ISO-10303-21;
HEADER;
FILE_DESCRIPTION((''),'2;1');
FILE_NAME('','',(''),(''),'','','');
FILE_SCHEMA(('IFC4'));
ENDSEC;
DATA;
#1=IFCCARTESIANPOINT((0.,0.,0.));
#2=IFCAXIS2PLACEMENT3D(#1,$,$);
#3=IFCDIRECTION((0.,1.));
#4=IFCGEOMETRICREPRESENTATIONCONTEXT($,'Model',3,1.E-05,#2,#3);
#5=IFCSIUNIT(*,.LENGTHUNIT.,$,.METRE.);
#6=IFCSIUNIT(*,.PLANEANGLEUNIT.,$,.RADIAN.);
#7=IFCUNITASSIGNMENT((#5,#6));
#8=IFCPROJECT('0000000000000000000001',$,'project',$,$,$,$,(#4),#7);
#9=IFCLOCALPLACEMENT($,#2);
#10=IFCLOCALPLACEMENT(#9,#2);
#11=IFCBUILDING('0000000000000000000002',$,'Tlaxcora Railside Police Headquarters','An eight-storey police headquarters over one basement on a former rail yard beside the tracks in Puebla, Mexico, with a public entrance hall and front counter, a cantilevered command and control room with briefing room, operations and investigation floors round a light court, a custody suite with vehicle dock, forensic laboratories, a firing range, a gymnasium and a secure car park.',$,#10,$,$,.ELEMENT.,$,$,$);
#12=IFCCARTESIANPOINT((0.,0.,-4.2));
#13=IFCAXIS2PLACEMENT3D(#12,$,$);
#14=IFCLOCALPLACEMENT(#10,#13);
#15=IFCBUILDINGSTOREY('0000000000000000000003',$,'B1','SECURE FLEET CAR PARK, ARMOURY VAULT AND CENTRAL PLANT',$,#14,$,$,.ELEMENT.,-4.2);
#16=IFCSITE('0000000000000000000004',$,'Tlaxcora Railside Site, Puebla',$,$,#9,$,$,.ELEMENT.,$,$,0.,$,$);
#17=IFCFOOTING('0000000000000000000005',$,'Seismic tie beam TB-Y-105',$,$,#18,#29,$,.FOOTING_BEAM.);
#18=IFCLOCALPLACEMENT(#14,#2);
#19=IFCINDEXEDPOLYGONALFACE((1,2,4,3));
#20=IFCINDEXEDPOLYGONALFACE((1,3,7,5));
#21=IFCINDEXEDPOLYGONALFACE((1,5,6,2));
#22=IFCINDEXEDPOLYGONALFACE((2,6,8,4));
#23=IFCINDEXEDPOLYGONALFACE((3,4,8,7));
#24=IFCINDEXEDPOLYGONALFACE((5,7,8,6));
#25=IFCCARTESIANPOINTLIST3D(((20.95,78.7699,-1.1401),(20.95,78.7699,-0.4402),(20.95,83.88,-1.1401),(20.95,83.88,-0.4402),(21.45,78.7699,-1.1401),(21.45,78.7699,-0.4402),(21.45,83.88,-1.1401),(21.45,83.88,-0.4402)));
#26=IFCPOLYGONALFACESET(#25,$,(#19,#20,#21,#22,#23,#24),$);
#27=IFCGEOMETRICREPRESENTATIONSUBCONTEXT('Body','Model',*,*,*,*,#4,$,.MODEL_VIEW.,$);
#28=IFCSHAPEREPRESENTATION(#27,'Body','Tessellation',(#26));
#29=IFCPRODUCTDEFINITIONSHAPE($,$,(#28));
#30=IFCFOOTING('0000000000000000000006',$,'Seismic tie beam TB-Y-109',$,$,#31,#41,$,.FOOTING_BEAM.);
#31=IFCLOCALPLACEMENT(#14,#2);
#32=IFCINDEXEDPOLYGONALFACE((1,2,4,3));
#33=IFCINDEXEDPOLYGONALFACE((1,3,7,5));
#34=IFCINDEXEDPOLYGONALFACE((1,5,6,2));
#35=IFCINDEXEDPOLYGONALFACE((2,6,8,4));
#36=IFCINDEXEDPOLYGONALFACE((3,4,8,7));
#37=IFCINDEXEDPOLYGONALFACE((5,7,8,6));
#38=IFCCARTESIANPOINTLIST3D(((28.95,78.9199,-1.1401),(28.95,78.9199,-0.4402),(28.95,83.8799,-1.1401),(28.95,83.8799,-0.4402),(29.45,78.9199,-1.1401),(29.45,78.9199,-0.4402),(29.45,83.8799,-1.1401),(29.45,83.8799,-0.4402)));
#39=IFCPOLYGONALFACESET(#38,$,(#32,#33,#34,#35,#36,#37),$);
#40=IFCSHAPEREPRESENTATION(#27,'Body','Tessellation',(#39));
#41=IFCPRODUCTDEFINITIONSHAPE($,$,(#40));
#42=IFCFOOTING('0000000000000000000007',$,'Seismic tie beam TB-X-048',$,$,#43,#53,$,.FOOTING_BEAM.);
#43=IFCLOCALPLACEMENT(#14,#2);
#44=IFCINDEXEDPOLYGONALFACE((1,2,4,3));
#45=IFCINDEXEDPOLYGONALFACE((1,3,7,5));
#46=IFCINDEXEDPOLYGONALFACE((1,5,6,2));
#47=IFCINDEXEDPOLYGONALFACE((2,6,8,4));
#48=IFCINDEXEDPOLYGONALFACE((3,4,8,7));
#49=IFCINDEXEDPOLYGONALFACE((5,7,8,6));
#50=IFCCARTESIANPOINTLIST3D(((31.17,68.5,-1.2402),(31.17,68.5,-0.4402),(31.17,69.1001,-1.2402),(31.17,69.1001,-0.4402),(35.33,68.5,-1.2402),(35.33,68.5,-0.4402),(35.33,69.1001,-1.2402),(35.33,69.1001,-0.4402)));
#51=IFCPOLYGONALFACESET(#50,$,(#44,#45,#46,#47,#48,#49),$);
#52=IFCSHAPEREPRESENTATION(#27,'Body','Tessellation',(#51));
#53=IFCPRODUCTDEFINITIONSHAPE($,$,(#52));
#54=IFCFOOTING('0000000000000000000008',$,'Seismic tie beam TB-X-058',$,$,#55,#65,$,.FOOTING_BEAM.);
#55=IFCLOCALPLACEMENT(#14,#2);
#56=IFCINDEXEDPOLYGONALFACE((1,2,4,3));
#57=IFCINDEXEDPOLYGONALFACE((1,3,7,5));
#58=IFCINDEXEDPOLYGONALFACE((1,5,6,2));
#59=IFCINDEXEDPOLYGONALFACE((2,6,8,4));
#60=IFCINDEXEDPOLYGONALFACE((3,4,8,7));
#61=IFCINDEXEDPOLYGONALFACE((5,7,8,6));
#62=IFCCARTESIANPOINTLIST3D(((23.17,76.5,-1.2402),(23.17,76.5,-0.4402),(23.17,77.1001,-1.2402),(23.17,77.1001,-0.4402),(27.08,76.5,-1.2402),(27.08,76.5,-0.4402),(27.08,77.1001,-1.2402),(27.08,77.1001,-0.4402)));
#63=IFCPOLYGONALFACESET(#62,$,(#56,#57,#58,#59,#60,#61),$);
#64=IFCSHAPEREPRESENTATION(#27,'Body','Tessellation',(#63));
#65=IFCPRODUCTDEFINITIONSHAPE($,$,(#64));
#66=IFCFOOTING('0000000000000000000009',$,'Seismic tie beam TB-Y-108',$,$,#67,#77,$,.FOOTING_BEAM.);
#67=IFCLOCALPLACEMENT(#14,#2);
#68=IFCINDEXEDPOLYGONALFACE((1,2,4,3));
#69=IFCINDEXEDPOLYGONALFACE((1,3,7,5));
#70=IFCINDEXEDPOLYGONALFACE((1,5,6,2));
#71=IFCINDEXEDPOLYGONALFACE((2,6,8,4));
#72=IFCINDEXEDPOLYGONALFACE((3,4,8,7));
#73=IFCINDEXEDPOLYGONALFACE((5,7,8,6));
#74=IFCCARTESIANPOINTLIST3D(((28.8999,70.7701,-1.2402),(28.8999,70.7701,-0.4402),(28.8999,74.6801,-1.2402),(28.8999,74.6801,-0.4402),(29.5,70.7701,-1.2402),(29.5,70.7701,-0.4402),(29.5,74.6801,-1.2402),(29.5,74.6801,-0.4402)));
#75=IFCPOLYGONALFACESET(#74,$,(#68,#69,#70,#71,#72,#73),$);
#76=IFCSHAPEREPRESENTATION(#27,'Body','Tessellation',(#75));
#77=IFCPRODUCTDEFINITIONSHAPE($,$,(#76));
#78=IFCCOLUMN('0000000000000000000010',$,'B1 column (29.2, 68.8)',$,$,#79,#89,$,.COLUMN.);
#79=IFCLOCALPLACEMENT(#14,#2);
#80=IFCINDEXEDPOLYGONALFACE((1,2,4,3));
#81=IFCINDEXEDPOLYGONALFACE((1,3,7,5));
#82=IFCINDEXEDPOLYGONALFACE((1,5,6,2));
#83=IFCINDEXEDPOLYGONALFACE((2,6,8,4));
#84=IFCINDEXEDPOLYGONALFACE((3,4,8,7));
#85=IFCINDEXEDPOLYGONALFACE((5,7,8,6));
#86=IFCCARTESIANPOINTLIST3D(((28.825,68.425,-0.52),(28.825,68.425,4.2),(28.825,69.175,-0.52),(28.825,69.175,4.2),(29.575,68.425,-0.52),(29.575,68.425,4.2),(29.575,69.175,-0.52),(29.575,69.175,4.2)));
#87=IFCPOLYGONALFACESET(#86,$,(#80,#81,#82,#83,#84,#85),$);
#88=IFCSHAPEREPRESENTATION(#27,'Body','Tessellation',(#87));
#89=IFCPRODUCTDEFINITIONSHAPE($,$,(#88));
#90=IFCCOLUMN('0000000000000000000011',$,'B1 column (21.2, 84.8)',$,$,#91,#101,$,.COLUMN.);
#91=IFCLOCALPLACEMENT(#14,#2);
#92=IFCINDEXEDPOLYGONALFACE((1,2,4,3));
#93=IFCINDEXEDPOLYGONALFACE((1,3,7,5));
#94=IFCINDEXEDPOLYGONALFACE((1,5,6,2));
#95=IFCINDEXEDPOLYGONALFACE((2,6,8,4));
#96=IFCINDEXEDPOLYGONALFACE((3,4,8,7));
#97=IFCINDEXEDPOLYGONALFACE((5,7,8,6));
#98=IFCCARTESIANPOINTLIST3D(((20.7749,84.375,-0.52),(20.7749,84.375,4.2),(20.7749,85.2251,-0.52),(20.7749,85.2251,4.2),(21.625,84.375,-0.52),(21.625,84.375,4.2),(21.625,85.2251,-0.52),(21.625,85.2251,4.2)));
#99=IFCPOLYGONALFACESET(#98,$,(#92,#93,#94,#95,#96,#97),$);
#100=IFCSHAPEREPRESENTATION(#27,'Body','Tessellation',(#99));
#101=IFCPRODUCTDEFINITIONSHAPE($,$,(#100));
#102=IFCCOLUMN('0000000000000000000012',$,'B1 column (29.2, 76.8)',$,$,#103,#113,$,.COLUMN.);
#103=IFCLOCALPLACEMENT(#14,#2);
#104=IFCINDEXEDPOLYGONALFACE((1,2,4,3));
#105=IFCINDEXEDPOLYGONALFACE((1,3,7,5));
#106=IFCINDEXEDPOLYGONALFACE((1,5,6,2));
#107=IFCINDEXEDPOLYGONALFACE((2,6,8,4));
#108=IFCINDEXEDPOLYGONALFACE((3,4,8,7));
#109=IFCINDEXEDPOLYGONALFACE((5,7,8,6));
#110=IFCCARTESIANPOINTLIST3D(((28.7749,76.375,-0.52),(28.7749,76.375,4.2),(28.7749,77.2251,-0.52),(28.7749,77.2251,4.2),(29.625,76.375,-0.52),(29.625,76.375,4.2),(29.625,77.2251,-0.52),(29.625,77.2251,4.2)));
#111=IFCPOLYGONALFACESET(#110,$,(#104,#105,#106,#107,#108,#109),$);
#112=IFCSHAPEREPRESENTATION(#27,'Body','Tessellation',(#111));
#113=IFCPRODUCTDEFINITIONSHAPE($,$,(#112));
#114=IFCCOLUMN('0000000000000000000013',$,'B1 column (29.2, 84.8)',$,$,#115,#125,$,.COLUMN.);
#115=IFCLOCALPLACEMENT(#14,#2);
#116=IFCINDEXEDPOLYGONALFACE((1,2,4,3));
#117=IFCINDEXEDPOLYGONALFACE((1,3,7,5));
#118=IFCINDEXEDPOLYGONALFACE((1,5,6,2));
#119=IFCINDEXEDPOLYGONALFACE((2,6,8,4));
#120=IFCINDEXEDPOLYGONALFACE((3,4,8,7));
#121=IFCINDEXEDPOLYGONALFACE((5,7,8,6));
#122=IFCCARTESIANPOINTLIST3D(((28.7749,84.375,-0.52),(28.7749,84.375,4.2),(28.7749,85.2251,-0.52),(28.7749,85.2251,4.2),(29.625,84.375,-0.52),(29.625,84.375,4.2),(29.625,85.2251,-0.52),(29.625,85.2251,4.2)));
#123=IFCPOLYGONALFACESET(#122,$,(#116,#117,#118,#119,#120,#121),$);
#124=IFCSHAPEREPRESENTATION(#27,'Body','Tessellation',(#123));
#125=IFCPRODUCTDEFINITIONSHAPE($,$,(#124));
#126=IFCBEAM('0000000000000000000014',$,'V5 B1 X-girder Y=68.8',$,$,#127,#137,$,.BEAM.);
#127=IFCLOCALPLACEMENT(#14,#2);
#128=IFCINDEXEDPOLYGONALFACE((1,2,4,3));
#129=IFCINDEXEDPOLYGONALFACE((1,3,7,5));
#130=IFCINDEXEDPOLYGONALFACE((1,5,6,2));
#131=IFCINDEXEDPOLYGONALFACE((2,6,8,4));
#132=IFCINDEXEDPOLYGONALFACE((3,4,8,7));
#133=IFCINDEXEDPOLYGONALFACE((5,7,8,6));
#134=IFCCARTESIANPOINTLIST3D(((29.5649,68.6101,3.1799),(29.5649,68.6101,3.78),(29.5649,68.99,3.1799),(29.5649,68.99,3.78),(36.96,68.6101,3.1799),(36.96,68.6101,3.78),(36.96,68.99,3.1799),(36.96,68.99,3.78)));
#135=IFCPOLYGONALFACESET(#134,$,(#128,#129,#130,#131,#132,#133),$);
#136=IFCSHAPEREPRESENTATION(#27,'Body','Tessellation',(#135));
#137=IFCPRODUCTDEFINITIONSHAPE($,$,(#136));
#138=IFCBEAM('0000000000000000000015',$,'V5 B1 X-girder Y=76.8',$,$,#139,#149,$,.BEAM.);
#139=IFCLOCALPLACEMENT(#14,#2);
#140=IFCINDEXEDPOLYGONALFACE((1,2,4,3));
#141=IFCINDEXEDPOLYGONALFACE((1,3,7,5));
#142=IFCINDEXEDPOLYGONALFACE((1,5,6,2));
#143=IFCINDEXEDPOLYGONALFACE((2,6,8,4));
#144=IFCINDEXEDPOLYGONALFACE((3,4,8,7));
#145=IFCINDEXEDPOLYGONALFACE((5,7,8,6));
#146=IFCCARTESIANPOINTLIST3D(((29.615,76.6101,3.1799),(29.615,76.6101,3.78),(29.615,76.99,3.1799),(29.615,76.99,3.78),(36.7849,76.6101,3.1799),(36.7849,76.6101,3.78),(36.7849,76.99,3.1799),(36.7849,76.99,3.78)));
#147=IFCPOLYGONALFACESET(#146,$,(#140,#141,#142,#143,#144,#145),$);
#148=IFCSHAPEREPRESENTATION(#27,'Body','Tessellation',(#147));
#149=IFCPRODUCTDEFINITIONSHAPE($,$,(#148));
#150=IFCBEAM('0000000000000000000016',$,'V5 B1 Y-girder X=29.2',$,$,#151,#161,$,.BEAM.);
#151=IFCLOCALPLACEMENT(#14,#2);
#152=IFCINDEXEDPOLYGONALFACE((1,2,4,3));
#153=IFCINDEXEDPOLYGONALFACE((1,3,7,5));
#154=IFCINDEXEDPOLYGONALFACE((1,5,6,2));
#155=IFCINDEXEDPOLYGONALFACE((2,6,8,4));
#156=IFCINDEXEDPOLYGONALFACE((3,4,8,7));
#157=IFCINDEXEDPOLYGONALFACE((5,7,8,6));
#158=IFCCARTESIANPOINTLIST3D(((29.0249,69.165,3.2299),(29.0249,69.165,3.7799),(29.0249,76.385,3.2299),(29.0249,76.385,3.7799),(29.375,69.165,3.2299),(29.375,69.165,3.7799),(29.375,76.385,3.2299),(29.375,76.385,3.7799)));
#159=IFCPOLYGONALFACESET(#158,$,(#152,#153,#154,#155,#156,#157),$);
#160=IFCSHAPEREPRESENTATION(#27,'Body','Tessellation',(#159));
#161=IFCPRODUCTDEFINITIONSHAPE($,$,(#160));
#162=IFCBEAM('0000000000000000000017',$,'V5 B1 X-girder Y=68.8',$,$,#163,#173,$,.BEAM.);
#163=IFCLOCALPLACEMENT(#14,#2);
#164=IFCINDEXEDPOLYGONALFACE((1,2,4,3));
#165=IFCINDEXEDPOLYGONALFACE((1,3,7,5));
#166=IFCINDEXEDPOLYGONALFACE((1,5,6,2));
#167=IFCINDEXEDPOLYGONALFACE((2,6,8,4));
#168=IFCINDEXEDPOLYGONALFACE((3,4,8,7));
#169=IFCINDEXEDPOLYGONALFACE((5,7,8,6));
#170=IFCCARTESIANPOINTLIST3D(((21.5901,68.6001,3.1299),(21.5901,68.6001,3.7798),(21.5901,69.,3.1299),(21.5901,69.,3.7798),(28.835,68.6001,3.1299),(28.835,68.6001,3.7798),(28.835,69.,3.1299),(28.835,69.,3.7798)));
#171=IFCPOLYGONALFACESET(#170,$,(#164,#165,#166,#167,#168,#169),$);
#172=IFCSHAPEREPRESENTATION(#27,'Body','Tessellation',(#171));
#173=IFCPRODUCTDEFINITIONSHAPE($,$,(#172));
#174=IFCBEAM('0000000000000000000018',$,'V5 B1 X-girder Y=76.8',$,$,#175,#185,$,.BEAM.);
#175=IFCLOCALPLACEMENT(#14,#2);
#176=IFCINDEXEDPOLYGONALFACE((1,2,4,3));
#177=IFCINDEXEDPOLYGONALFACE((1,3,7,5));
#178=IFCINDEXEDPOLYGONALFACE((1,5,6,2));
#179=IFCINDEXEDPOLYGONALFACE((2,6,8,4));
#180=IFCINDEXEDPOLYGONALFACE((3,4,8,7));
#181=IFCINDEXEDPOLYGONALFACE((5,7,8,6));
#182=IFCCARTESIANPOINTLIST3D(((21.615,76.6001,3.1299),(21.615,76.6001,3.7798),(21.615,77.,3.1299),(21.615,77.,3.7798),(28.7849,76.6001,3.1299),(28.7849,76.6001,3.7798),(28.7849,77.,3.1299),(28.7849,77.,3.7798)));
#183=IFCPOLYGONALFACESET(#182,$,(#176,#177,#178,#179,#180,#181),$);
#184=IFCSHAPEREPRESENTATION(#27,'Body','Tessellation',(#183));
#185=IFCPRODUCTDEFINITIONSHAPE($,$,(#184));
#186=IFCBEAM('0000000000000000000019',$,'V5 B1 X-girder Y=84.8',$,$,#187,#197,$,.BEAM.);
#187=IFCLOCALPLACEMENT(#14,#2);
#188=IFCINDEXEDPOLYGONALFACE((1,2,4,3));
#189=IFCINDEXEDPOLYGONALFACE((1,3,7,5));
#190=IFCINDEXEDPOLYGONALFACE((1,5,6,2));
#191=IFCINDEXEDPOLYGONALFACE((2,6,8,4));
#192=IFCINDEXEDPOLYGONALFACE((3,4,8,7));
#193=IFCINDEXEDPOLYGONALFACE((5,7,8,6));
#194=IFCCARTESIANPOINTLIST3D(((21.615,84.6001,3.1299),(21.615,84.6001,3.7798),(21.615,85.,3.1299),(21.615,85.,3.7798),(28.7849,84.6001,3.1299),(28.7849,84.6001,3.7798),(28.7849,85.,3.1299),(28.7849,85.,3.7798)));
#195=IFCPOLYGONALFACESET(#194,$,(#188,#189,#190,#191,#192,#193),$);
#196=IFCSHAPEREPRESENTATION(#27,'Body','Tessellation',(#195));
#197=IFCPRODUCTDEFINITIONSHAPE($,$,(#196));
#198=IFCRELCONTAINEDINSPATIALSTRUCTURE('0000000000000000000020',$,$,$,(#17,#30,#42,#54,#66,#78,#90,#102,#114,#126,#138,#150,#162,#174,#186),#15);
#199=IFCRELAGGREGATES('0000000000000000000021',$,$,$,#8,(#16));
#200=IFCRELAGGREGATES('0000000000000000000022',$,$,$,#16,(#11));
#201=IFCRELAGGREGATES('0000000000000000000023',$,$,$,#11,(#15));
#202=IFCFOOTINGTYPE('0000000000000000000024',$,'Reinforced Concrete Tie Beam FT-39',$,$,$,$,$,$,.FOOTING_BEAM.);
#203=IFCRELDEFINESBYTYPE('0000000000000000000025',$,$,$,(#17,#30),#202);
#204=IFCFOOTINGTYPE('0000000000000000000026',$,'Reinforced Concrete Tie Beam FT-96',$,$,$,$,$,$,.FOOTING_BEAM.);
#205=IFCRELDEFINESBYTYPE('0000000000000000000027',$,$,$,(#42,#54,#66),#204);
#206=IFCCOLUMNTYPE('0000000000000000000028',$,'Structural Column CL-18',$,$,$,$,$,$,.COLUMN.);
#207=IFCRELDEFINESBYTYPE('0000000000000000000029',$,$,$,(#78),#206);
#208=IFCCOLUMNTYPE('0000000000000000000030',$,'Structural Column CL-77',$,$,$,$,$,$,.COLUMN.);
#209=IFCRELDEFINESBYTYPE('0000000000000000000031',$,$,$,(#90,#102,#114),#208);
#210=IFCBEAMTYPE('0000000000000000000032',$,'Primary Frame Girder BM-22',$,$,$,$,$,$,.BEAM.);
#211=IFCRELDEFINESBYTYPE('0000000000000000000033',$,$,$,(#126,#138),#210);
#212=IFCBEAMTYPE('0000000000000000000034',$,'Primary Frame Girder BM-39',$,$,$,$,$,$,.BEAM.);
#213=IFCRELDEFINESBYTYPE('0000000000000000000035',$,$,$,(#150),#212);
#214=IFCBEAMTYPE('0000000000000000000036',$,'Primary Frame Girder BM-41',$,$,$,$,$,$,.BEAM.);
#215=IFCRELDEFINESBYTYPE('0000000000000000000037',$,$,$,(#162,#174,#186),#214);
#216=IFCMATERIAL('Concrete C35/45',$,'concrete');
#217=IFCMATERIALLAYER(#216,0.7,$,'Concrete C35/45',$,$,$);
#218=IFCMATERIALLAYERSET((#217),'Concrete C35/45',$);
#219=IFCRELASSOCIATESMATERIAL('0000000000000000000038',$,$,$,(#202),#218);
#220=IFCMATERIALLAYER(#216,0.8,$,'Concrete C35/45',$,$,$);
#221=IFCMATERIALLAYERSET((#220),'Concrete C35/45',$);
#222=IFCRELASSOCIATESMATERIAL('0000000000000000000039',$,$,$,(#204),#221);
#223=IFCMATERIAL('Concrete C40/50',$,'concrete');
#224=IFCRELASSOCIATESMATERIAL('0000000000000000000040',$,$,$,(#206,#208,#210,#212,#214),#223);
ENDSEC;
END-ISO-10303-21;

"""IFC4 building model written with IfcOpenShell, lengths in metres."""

from ifc_helpers import new_model, si_unit, direction, frame, origin, origin_2d, place, context, subcontext, project, spatial, rectangle, extrude, material, layer, layer_set, material_profile, profile_set, type_object, element, save


model = new_model("IFC4")

# Units and contexts
model_context = context("Model", 3, precision=1e-05, world=origin(), true_north=direction((0.0, 1.0)))
body_context = subcontext(model_context, "Body", "Model", "MODEL_VIEW")
ifc_project = project(units=[si_unit("LENGTHUNIT", "METRE"), si_unit("PLANEANGLEUNIT", "RADIAN")], contexts=[model_context])

# Site, building, storey
site_placement = place(None, origin())
site = spatial("IfcSite", under=ifc_project, at=site_placement, Name="Tlaxcora Railside Site, Puebla", CompositionType="ELEMENT", RefElevation=0.0)
building_placement = place(site_placement, origin())
building = spatial("IfcBuilding", under=site, at=building_placement, Name="Tlaxcora Railside Police Headquarters", Description="An eight-storey police headquarters over one basement on a former rail yard beside the tracks in Puebla, Mexico, with a public entrance hall and front counter, a cantilevered command and control room with briefing room, operations and investigation floors round a light court, a custody suite with vehicle dock, forensic laboratories, a firing range, a gymnasium and a secure car park.", CompositionType="ELEMENT")
storey_placement = place(building_placement, frame((0.0, 0.0, -4.2)))
storey = spatial("IfcBuildingStorey", under=building, at=storey_placement, Name="B1", Description="SECURE FLEET CAR PARK, ARMOURY VAULT AND CENTRAL PLANT", CompositionType="ELEMENT", Elevation=-4.2)

# Shared definitions
ifc_material_1 = material(Name="Concrete C35/45", Category="concrete")

# Footings
ifc_material_2 = material(Name="Concrete C40/50", Category="concrete")
ifc_layer_1 = layer(ifc_material_1, 0.7, Name="Concrete C35/45")
ifc_layer_set_1 = layer_set([ifc_layer_1], Name="Concrete C35/45")
footing_type_1 = type_object("IfcFootingType", Name="Reinforced Concrete Tie Beam FT-39", PredefinedType="FOOTING_BEAM", material=ifc_layer_set_1)
footing_1_placement = place(storey_placement, frame((21.2, 81.325, -1.1401), z_axis=(0.0, 0.0, 1.0), x_axis=(0.0, 1.0, 0.0)))
element("IfcFooting", 1, at=footing_1_placement, inside=storey, type_object=footing_type_1, Name="Seismic tie beam TB-Y-105", PredefinedType="FOOTING_BEAM", context=body_context, shape_type="SweptSolid", body=[
    extrude(rectangle(XDim=5.1101, YDim=0.5, at=origin_2d()), origin(), (0.0, 0.0, 1.0), 0.7),
])
footing_2_placement = place(storey_placement, frame((29.2, 81.3999, -1.1401), z_axis=(0.0, 0.0, 1.0), x_axis=(0.0, 1.0, 0.0)))
element("IfcFooting", 2, at=footing_2_placement, inside=storey, type_object=footing_type_1, Name="Seismic tie beam TB-Y-109", PredefinedType="FOOTING_BEAM", context=body_context, shape_type="SweptSolid", body=[
    extrude(rectangle(XDim=4.96, YDim=0.5, at=origin_2d()), origin(), (0.0, 0.0, 1.0), 0.7),
])
ifc_layer_2 = layer(ifc_material_1, 0.8, Name="Concrete C35/45")
ifc_layer_set_2 = layer_set([ifc_layer_2], Name="Concrete C35/45")
footing_type_2 = type_object("IfcFootingType", Name="Reinforced Concrete Tie Beam FT-96", PredefinedType="FOOTING_BEAM", material=ifc_layer_set_2)
footing_3_placement = place(storey_placement, frame((33.25, 68.8, -1.2402), z_axis=(0.0, 0.0, 1.0), x_axis=(1.0, 0.0, 0.0)))
element("IfcFooting", 3, at=footing_3_placement, inside=storey, type_object=footing_type_2, Name="Seismic tie beam TB-X-048", PredefinedType="FOOTING_BEAM", context=body_context, shape_type="SweptSolid", body=[
    extrude(rectangle(XDim=4.1599, YDim=0.6001, at=origin_2d()), origin(), (0.0, 0.0, 1.0), 0.8),
])
for number, where, z_axis, x_axis, name in (
    (4, (25.125, 76.8, -1.2402), (0.0, 0.0, 1.0), (1.0, 0.0, 0.0), "Seismic tie beam TB-X-058"),
    (5, (29.2, 72.7251, -1.2402), (0.0, 0.0, 1.0), (0.0, 1.0, 0.0), "Seismic tie beam TB-Y-108"),
):
    element("IfcFooting", number, at=place(storey_placement, frame(where, z_axis=z_axis, x_axis=x_axis)), inside=storey, type_object=footing_type_2, Name=name, PredefinedType="FOOTING_BEAM", context=body_context, shape_type="SweptSolid", body=[
        extrude(rectangle(XDim=3.9099, YDim=0.6001, at=origin_2d()), origin(), (0.0, 0.0, 1.0), 0.8),
    ])

# Columns
ifc_material_profile_1 = material_profile(ifc_material_2, rectangle(XDim=0.75, YDim=0.75, at=origin_2d()), Name="RC750X750")
ifc_profile_set_1 = profile_set([ifc_material_profile_1], Name="Concrete C40/50")
column_type_1 = type_object("IfcColumnType", Name="Structural Column CL-18", PredefinedType="COLUMN", material=ifc_profile_set_1)
column_placement = place(storey_placement, frame((29.2, 68.8, -0.52), z_axis=(0.0, 0.0, 1.0), x_axis=(1.0, 0.0, 0.0)))
element("IfcColumn", 6, at=column_placement, inside=storey, type_object=column_type_1, Name="B1 column (29.2, 68.8)", PredefinedType="COLUMN", context=body_context, shape_type="SweptSolid", body=[
    extrude(rectangle(XDim=0.75, YDim=0.75, at=origin_2d()), origin(), (0.0, 0.0, 1.0), 4.72),
])
ifc_material_profile_2 = material_profile(ifc_material_2, rectangle(XDim=0.8501, YDim=0.8501, at=origin_2d()), Name="RC850X850")
ifc_profile_set_2 = profile_set([ifc_material_profile_2], Name="Concrete C40/50")
column_type_2 = type_object("IfcColumnType", Name="Structural Column CL-77", PredefinedType="COLUMN", material=ifc_profile_set_2)
for number, where, z_axis, x_axis, name in (
    (7, (21.2, 84.8, -0.52), (0.0, 0.0, 1.0), (1.0, 0.0, 0.0), "B1 column (21.2, 84.8)"),
    (8, (29.2, 76.8, -0.52), (0.0, 0.0, 1.0), (1.0, 0.0, 0.0), "B1 column (29.2, 76.8)"),
    (9, (29.2, 84.8, -0.52), (0.0, 0.0, 1.0), (1.0, 0.0, 0.0), "B1 column (29.2, 84.8)"),
):
    element("IfcColumn", number, at=place(storey_placement, frame(where, z_axis=z_axis, x_axis=x_axis)), inside=storey, type_object=column_type_2, Name=name, PredefinedType="COLUMN", context=body_context, shape_type="SweptSolid", body=[
        extrude(rectangle(XDim=0.8501, YDim=0.8501, at=origin_2d()), origin(), (0.0, 0.0, 1.0), 4.72),
    ])

# Beams
ifc_material_profile_3 = material_profile(ifc_material_2, rectangle(XDim=0.3799, YDim=0.6001, at=origin_2d()), Name="RC380X600")
ifc_profile_set_3 = profile_set([ifc_material_profile_3], Name="Concrete C40/50")
beam_type_1 = type_object("IfcBeamType", Name="Primary Frame Girder BM-22", PredefinedType="BEAM", material=ifc_profile_set_3)
beam_1_placement = place(storey_placement, frame((29.5649, 68.8, 3.48), z_axis=(1.0, 0.0, 0.0), x_axis=(0.0, 1.0, 0.0)))
element("IfcBeam", 10, at=beam_1_placement, inside=storey, type_object=beam_type_1, Name="V5 B1 X-girder Y=68.8", PredefinedType="BEAM", context=body_context, shape_type="SweptSolid", body=[
    extrude(rectangle(XDim=0.3799, YDim=0.6001, at=origin_2d()), origin(), (0.0, 0.0, 1.0), 7.395),
])
beam_2_placement = place(storey_placement, frame((29.615, 76.8, 3.48), z_axis=(1.0, 0.0, 0.0), x_axis=(0.0, 1.0, 0.0)))
element("IfcBeam", 11, at=beam_2_placement, inside=storey, type_object=beam_type_1, Name="V5 B1 X-girder Y=76.8", PredefinedType="BEAM", context=body_context, shape_type="SweptSolid", body=[
    extrude(rectangle(XDim=0.3799, YDim=0.6001, at=origin_2d()), origin(), (0.0, 0.0, 1.0), 7.1699),
])
ifc_material_profile_4 = material_profile(ifc_material_2, rectangle(XDim=0.3501, YDim=0.55, at=origin_2d()), Name="RC350X550")
ifc_profile_set_4 = profile_set([ifc_material_profile_4], Name="Concrete C40/50")
beam_type_2 = type_object("IfcBeamType", Name="Primary Frame Girder BM-39", PredefinedType="BEAM", material=ifc_profile_set_4)
beam_3_placement = place(storey_placement, frame((29.2, 69.165, 3.5049), z_axis=(0.0, 1.0, 0.0), x_axis=(-1.0, 0.0, 0.0)))
element("IfcBeam", 12, at=beam_3_placement, inside=storey, type_object=beam_type_2, Name="V5 B1 Y-girder X=29.2", PredefinedType="BEAM", context=body_context, shape_type="SweptSolid", body=[
    extrude(rectangle(XDim=0.3501, YDim=0.55, at=origin_2d()), origin(), (0.0, 0.0, 1.0), 7.22),
])
ifc_material_profile_5 = material_profile(ifc_material_2, rectangle(XDim=0.3999, YDim=0.6499, at=origin_2d()), Name="RC400X650")
ifc_profile_set_5 = profile_set([ifc_material_profile_5], Name="Concrete C40/50")
beam_type_3 = type_object("IfcBeamType", Name="Primary Frame Girder BM-41", PredefinedType="BEAM", material=ifc_profile_set_5)
beam_4_placement = place(storey_placement, frame((21.5901, 68.8, 3.4548), z_axis=(1.0, 0.0, 0.0), x_axis=(0.0, 1.0, 0.0)))
element("IfcBeam", 13, at=beam_4_placement, inside=storey, type_object=beam_type_3, Name="V5 B1 X-girder Y=68.8", PredefinedType="BEAM", context=body_context, shape_type="SweptSolid", body=[
    extrude(rectangle(XDim=0.3999, YDim=0.6499, at=origin_2d()), origin(), (0.0, 0.0, 1.0), 7.2449),
])
for number, where, z_axis, x_axis, name in (
    (14, (21.615, 76.8, 3.4548), (1.0, 0.0, 0.0), (0.0, 1.0, 0.0), "V5 B1 X-girder Y=76.8"),
    (15, (21.615, 84.8, 3.4548), (1.0, 0.0, 0.0), (0.0, 1.0, 0.0), "V5 B1 X-girder Y=84.8"),
):
    element("IfcBeam", number, at=place(storey_placement, frame(where, z_axis=z_axis, x_axis=x_axis)), inside=storey, type_object=beam_type_3, Name=name, PredefinedType="BEAM", context=body_context, shape_type="SweptSolid", body=[
        extrude(rectangle(XDim=0.3999, YDim=0.6499, at=origin_2d()), origin(), (0.0, 0.0, 1.0), 7.1699),
    ])

save(model, "model.ifc")
